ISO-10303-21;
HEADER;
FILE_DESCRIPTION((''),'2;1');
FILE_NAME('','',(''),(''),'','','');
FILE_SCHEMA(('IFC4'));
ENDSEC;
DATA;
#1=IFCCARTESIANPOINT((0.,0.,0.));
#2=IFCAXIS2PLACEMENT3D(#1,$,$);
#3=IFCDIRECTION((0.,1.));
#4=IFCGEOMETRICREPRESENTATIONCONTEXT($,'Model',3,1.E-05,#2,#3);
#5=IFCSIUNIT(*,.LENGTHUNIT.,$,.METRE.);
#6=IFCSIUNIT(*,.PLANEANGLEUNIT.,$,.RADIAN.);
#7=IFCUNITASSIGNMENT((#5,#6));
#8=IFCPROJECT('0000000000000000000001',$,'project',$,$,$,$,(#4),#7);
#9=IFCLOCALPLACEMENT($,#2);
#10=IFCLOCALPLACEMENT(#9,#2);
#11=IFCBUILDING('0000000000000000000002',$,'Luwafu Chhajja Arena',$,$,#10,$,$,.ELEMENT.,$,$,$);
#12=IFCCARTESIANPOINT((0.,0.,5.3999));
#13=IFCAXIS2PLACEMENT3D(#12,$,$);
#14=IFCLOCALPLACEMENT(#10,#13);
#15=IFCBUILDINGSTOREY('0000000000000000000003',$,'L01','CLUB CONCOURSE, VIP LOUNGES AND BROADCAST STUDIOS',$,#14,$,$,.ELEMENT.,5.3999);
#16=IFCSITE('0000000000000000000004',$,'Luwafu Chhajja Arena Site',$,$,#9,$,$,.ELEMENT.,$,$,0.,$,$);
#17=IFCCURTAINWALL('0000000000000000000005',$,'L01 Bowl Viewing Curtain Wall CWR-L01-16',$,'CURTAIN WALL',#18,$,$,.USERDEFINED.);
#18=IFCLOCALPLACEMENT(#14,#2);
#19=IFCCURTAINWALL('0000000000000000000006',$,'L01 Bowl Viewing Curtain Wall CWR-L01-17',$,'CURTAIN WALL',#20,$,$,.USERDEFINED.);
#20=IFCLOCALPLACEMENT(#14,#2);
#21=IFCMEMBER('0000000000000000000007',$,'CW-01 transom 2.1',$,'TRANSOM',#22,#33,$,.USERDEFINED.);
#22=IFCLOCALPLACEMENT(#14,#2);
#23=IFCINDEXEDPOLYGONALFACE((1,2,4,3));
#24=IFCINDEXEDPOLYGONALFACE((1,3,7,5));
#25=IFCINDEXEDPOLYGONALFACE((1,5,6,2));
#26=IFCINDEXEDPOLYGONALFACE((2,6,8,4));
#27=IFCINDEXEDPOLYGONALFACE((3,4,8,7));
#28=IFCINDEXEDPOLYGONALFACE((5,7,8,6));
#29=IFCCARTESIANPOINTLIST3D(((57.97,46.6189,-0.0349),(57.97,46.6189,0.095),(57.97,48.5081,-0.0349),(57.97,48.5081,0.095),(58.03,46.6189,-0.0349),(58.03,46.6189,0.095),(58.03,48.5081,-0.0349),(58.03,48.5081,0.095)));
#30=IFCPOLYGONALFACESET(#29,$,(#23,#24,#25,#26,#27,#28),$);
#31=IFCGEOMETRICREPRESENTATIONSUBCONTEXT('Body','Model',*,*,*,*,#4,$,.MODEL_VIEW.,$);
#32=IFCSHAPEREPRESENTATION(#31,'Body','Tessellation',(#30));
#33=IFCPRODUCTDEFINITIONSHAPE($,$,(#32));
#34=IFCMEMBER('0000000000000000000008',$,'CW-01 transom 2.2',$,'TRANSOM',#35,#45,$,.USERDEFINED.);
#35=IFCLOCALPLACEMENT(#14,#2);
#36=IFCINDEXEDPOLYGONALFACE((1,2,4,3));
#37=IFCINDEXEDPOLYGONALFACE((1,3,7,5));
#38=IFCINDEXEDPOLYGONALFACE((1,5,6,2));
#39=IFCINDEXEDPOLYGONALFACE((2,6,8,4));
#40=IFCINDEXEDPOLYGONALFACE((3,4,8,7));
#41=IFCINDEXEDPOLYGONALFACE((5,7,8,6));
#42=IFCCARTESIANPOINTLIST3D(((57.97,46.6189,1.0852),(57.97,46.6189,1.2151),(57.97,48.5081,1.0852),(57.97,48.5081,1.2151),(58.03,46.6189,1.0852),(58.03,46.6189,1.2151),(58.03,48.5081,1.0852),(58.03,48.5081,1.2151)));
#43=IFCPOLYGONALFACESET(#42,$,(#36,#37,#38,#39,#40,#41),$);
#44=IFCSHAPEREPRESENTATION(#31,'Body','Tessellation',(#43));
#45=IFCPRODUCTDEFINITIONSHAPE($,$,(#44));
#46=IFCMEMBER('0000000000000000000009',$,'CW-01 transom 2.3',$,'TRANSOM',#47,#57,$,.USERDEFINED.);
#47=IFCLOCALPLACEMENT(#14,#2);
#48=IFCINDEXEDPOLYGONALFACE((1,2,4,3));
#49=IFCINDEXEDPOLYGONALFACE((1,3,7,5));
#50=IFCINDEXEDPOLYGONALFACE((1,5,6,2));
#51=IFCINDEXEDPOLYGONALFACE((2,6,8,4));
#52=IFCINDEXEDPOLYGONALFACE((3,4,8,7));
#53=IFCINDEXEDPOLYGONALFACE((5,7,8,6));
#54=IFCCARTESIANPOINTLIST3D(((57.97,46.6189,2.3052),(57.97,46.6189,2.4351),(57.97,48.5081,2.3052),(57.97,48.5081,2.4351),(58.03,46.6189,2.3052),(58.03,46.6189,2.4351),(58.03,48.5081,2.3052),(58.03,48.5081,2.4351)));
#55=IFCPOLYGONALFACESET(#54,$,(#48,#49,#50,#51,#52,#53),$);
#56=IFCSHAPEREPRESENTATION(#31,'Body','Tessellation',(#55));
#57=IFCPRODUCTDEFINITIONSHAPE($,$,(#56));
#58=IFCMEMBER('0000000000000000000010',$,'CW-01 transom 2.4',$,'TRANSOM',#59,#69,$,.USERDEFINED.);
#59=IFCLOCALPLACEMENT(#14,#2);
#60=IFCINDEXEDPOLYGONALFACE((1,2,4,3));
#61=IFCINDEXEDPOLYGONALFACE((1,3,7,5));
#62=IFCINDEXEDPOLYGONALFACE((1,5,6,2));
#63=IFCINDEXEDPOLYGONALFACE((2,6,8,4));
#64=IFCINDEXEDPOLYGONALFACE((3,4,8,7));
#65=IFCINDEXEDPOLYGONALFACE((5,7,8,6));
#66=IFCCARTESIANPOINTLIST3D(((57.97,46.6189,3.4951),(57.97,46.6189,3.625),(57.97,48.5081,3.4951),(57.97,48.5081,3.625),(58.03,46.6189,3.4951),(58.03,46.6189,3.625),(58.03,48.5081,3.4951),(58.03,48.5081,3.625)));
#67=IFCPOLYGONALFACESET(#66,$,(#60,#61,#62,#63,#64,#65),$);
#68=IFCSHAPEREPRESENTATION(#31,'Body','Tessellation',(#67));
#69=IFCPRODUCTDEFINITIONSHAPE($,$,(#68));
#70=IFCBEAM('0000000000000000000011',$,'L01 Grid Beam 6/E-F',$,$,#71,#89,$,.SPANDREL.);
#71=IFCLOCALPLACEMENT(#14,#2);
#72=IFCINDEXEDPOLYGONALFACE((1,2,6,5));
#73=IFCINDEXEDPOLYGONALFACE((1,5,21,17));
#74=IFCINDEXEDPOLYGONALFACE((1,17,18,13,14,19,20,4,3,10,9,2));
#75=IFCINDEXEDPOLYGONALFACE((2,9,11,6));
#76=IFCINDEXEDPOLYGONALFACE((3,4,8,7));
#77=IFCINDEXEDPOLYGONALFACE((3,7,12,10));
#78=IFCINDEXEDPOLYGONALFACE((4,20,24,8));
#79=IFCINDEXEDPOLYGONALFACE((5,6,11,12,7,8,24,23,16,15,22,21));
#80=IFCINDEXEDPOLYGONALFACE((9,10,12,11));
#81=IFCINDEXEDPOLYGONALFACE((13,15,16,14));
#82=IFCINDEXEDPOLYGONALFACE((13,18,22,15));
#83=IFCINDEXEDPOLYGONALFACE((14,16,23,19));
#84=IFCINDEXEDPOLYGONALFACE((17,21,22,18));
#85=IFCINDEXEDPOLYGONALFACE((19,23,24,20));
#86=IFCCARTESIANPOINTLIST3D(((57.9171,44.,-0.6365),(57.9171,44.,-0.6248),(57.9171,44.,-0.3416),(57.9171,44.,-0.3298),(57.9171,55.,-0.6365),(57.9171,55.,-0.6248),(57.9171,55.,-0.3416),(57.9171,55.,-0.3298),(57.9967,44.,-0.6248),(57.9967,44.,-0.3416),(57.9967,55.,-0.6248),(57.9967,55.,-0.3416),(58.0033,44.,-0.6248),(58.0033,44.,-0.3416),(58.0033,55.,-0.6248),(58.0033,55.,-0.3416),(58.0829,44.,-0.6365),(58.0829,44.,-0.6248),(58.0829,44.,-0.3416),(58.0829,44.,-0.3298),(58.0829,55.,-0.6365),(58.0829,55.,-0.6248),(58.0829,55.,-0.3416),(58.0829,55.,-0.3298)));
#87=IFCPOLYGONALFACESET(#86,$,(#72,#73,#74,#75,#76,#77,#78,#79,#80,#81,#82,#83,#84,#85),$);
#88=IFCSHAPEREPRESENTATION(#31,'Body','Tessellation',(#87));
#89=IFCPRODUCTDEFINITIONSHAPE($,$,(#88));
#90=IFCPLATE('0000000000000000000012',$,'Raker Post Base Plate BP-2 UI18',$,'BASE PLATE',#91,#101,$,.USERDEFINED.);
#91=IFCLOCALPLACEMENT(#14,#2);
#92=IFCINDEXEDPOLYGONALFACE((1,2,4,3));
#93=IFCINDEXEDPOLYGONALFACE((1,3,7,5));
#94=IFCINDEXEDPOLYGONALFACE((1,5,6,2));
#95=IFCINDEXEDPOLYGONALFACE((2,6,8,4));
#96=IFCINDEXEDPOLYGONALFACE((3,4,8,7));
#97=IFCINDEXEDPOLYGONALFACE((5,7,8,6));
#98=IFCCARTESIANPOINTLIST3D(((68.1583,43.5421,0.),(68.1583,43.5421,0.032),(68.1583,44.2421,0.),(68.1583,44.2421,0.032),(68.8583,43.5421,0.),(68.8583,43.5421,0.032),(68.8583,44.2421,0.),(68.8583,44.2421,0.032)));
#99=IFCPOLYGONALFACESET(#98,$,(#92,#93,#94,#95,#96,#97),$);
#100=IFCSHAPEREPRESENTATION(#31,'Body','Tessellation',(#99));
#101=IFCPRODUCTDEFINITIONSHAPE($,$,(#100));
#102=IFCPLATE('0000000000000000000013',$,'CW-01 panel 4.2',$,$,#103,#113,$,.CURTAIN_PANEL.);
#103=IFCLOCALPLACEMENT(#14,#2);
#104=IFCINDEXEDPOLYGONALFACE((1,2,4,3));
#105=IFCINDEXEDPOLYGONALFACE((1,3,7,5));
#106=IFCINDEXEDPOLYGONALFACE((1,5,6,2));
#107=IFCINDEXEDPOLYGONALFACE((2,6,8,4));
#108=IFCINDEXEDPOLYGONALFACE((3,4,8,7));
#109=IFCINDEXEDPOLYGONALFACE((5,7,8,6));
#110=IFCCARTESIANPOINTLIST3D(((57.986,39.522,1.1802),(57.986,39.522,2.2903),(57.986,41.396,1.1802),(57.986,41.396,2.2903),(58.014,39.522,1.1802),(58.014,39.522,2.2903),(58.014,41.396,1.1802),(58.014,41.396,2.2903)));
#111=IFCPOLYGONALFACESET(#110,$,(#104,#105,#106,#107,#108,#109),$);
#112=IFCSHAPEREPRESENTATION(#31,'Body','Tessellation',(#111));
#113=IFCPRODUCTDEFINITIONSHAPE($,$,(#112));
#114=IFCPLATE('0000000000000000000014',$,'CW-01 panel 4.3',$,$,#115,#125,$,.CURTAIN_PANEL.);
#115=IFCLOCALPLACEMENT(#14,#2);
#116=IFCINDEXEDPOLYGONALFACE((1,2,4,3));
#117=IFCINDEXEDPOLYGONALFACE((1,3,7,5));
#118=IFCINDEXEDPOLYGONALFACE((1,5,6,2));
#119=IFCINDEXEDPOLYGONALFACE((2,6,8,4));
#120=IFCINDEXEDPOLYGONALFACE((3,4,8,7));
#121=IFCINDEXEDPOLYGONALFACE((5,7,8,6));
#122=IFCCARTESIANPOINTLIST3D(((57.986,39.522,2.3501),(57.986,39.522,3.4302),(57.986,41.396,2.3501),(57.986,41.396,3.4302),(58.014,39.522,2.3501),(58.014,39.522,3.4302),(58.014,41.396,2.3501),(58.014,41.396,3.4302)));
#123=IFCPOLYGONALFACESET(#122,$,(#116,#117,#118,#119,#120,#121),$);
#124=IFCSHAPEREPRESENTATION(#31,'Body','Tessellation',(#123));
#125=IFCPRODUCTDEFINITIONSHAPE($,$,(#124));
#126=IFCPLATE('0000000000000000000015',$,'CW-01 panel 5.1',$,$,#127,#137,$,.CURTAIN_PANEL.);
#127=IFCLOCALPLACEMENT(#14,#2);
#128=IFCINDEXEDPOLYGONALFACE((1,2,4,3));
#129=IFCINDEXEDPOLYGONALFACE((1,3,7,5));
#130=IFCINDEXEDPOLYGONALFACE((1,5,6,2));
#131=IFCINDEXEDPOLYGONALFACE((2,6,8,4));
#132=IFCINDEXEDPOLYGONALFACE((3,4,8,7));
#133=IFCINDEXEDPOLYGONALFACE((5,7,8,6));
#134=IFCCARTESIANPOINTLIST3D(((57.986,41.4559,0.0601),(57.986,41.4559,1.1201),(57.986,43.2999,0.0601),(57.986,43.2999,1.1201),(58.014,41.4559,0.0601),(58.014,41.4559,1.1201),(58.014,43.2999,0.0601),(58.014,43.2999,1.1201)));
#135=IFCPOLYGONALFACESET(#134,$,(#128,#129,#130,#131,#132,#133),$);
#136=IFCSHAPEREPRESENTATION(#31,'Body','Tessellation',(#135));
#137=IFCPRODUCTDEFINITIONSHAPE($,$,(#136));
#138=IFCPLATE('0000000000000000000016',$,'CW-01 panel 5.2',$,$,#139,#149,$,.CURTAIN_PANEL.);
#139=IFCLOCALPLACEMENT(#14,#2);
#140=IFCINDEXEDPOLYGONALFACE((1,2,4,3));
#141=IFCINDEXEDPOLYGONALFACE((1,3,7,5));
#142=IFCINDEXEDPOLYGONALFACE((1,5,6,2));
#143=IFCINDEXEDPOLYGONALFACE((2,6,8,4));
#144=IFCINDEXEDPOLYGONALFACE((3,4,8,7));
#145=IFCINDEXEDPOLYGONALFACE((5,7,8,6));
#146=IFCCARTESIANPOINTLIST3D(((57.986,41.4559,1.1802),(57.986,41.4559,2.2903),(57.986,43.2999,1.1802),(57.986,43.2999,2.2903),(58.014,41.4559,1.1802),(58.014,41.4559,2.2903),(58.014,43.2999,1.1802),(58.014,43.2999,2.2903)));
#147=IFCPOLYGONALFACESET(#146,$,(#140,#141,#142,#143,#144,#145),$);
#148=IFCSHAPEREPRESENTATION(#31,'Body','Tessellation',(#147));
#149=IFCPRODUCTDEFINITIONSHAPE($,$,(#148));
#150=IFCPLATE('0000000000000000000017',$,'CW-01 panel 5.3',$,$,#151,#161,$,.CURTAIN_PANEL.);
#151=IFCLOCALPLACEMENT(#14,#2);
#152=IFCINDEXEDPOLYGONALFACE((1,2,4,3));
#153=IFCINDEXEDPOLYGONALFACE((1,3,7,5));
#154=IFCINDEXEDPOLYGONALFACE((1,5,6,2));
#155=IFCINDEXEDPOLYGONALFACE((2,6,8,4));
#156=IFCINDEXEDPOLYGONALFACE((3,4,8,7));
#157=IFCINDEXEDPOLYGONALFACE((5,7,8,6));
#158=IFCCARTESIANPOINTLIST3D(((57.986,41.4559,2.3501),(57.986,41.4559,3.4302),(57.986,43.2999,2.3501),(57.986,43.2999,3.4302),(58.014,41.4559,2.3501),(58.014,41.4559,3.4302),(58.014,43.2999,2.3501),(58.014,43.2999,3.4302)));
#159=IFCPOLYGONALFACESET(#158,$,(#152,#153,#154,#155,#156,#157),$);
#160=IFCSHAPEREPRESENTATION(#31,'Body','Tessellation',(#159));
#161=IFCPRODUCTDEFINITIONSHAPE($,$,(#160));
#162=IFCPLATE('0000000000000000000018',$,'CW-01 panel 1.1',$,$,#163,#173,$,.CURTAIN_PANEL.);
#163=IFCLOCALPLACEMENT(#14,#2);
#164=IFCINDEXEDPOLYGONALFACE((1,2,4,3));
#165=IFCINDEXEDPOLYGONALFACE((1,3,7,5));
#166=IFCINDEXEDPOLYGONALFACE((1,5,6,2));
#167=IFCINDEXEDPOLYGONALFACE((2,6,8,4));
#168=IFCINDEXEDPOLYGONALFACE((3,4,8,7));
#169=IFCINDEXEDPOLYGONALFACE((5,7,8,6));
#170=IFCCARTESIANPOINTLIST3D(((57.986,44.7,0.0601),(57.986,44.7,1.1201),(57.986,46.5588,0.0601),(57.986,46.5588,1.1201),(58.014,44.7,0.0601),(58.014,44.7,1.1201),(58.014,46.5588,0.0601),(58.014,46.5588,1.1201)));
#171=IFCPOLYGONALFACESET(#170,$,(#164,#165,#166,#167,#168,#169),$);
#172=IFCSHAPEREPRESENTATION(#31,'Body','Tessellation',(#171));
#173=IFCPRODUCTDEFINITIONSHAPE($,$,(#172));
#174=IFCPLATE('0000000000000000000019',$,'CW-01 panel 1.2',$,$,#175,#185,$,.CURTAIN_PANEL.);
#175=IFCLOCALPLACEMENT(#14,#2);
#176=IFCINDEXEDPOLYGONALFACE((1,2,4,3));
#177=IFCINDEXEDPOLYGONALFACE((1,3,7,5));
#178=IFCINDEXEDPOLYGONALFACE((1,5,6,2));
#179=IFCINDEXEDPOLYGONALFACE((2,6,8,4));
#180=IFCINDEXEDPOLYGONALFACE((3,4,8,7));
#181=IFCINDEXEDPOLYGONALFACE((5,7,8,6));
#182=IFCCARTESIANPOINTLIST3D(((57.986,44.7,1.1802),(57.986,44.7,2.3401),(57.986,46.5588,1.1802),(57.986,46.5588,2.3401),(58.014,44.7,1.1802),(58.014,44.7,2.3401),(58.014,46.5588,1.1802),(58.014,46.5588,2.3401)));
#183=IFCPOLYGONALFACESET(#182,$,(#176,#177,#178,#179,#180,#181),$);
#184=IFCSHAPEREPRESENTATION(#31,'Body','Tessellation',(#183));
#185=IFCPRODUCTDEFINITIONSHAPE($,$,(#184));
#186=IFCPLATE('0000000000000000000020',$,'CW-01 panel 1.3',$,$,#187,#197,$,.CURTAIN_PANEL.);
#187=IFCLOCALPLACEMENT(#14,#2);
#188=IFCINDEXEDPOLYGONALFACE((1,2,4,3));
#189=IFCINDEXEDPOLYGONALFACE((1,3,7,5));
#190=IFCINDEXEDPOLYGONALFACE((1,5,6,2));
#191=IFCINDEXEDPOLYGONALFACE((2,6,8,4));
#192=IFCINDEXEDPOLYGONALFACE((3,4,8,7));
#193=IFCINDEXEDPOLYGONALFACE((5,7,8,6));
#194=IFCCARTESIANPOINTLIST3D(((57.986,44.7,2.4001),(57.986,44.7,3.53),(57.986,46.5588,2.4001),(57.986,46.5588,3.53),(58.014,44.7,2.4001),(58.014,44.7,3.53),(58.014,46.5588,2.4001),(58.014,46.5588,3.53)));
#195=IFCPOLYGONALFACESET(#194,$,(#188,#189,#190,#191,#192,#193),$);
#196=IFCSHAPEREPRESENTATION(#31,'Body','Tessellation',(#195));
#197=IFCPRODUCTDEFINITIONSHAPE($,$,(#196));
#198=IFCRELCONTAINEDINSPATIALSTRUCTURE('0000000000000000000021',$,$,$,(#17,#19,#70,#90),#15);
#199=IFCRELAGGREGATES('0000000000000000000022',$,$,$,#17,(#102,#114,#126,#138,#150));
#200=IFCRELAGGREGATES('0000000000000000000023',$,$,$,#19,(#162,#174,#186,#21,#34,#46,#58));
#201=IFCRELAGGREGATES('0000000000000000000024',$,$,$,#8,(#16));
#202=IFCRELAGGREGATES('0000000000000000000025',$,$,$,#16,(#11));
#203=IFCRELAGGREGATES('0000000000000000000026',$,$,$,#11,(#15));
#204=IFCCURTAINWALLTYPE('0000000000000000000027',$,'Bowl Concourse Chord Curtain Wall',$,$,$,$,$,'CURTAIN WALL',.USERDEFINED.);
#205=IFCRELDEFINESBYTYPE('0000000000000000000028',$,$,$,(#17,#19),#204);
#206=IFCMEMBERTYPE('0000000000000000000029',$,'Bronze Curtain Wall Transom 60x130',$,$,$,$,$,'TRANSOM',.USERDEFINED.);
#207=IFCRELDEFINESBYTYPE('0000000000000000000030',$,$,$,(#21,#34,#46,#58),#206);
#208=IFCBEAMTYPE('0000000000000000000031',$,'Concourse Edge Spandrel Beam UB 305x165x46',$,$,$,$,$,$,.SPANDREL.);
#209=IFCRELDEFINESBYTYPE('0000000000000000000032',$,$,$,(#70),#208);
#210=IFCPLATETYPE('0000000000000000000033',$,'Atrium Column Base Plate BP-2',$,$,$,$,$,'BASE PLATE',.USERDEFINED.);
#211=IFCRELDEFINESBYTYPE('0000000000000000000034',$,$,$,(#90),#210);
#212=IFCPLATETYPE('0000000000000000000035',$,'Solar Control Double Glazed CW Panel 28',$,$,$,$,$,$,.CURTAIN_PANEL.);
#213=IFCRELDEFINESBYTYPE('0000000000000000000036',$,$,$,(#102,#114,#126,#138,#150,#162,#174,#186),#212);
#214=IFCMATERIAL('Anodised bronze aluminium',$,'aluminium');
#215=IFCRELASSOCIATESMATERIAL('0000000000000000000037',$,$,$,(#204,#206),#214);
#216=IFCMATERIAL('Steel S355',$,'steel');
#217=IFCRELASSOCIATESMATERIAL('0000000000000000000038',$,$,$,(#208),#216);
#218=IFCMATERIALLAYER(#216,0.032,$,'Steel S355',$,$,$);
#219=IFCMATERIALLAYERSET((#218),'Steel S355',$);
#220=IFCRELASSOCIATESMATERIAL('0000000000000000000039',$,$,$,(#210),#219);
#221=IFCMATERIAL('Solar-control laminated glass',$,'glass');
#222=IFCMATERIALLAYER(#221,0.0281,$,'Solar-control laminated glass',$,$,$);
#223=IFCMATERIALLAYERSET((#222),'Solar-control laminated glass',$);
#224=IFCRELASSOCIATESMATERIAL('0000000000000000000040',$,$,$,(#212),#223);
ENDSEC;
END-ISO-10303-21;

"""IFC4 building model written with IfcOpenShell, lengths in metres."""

from ifc_helpers import new_model, si_unit, direction, frame, origin, origin_2d, place, context, subcontext, project, spatial, rectangle, i_section, extrude, material, layer, layer_set, material_profile, profile_set, type_object, element, aggregate, save


model = new_model("IFC4")

# Units and contexts
model_context = context("Model", 3, precision=1e-05, world=origin(), true_north=direction((0.0, 1.0)))
body_context = subcontext(model_context, "Body", "Model", "MODEL_VIEW")
ifc_project = project(units=[si_unit("LENGTHUNIT", "METRE"), si_unit("PLANEANGLEUNIT", "RADIAN")], contexts=[model_context])

# Site, building, storey
site_placement = place(None, origin())
site = spatial("IfcSite", under=ifc_project, at=site_placement, Name="Luwafu Chhajja Arena Site", CompositionType="ELEMENT", RefElevation=0.0)
building_placement = place(site_placement, origin())
building = spatial("IfcBuilding", under=site, at=building_placement, Name="Luwafu Chhajja Arena", CompositionType="ELEMENT")
storey_placement = place(building_placement, frame((0.0, 0.0, 5.3999)))
storey = spatial("IfcBuildingStorey", under=building, at=storey_placement, Name="L01", Description="CLUB CONCOURSE, VIP LOUNGES AND BROADCAST STUDIOS", CompositionType="ELEMENT", Elevation=5.3999)

# Shared definitions
ifc_material_1 = material(Name="Steel S355", Category="steel")

# Curtain walls
ifc_material_2 = material(Name="Anodised bronze aluminium", Category="aluminium")
curtain_wall_type = type_object("IfcCurtainWallType", Name="Bowl Concourse Chord Curtain Wall", ElementType="CURTAIN WALL", PredefinedType="USERDEFINED", material=ifc_material_2)
curtain_wall_1_placement = place(storey_placement, origin())
curtain_wall_1 = element("IfcCurtainWall", 1, at=curtain_wall_1_placement, inside=storey, type_object=curtain_wall_type, Name="L01 Bowl Viewing Curtain Wall CWR-L01-16", ObjectType="CURTAIN WALL", PredefinedType="USERDEFINED")
curtain_wall_2_placement = place(storey_placement, origin())
curtain_wall_2 = element("IfcCurtainWall", 2, at=curtain_wall_2_placement, inside=storey, type_object=curtain_wall_type, Name="L01 Bowl Viewing Curtain Wall CWR-L01-17", ObjectType="CURTAIN WALL", PredefinedType="USERDEFINED")

# Members
ifc_material_profile_1 = material_profile(ifc_material_2, rectangle(XDim=0.0601, YDim=0.1299, at=origin_2d()), Name="CWT 60x130")
ifc_profile_set_1 = profile_set([ifc_material_profile_1], Name="Anodised bronze aluminium")
member_type_1 = type_object("IfcMemberType", Name="Bronze Curtain Wall Transom 60x130", ElementType="TRANSOM", PredefinedType="USERDEFINED", material=ifc_profile_set_1)
member_1_placement = place(storey_placement, frame((58.0, 46.6189, 0.03), z_axis=(0.0, 1.0, 0.0), x_axis=(-1.0, 0.0, 0.0)))
member_1 = element("IfcMember", 3, at=member_1_placement, type_object=member_type_1, Name="CW-01 transom 2.1", ObjectType="TRANSOM", PredefinedType="USERDEFINED", context=body_context, shape_type="SweptSolid", body=[
    extrude(rectangle(XDim=0.0601, YDim=0.1299, at=origin_2d()), origin(), (0.0, 0.0, 1.0), 1.8892),
])
member_2_placement = place(storey_placement, frame((58.0, 46.6189, 1.1501), z_axis=(0.0, 1.0, 0.0), x_axis=(-1.0, 0.0, 0.0)))
member_2 = element("IfcMember", 4, at=member_2_placement, type_object=member_type_1, Name="CW-01 transom 2.2", ObjectType="TRANSOM", PredefinedType="USERDEFINED", context=body_context, shape_type="SweptSolid", body=[
    extrude(rectangle(XDim=0.0601, YDim=0.1299, at=origin_2d()), origin(), (0.0, 0.0, 1.0), 1.8892),
])
member_3_placement = place(storey_placement, frame((58.0, 46.6189, 2.3701), z_axis=(0.0, 1.0, 0.0), x_axis=(-1.0, 0.0, 0.0)))
member_3 = element("IfcMember", 5, at=member_3_placement, type_object=member_type_1, Name="CW-01 transom 2.3", ObjectType="TRANSOM", PredefinedType="USERDEFINED", context=body_context, shape_type="SweptSolid", body=[
    extrude(rectangle(XDim=0.0601, YDim=0.1299, at=origin_2d()), origin(), (0.0, 0.0, 1.0), 1.8892),
])
member_4_placement = place(storey_placement, frame((58.0, 46.6189, 3.5601), z_axis=(0.0, 1.0, 0.0), x_axis=(-1.0, 0.0, 0.0)))
member_4 = element("IfcMember", 6, at=member_4_placement, type_object=member_type_1, Name="CW-01 transom 2.4", ObjectType="TRANSOM", PredefinedType="USERDEFINED", context=body_context, shape_type="SweptSolid", body=[
    extrude(rectangle(XDim=0.0601, YDim=0.1299, at=origin_2d()), origin(), (0.0, 0.0, 1.0), 1.8892),
])

# Beam
ifc_material_profile_2 = material_profile(ifc_material_1, i_section(OverallWidth=0.1658, OverallDepth=0.3066, WebThickness=0.0066, FlangeThickness=0.0117, at=origin_2d()), Name="UB 305x165x46")
ifc_profile_set_2 = profile_set([ifc_material_profile_2], Name="Steel S355")
beam_type = type_object("IfcBeamType", Name="Concourse Edge Spandrel Beam UB 305x165x46", PredefinedType="SPANDREL", material=ifc_profile_set_2)
beam_placement = place(storey_placement, frame((58.0, 44.0, -0.4832), z_axis=(0.0, 1.0, 0.0), x_axis=(-1.0, 0.0, 0.0)))
element("IfcBeam", 7, at=beam_placement, inside=storey, type_object=beam_type, Name="L01 Grid Beam 6/E-F", PredefinedType="SPANDREL", context=body_context, shape_type="SweptSolid", body=[
    extrude(i_section(OverallWidth=0.1658, OverallDepth=0.3066, WebThickness=0.0066, FlangeThickness=0.0117, at=origin_2d()), origin(), (0.0, 0.0, 1.0), 11.0),
])

# Plates
ifc_layer_1 = layer(ifc_material_1, 0.032, Name="Steel S355")
ifc_layer_set_1 = layer_set([ifc_layer_1], Name="Steel S355")
plate_type_1 = type_object("IfcPlateType", Name="Atrium Column Base Plate BP-2", ElementType="BASE PLATE", PredefinedType="USERDEFINED", material=ifc_layer_set_1)
plate_1_placement = place(storey_placement, frame((68.5083, 43.8921, 0.0), z_axis=(0.0, 0.0, 1.0), x_axis=(1.0, 0.0, 0.0)))
element("IfcPlate", 8, at=plate_1_placement, inside=storey, type_object=plate_type_1, Name="Raker Post Base Plate BP-2 UI18", ObjectType="BASE PLATE", PredefinedType="USERDEFINED", context=body_context, shape_type="SweptSolid", body=[
    extrude(rectangle(XDim=0.7, YDim=0.7, at=origin_2d()), origin(), (0.0, 0.0, 1.0), 0.032),
])
ifc_material_3 = material(Name="Solar-control laminated glass", Category="glass")
ifc_layer_2 = layer(ifc_material_3, 0.0281, Name="Solar-control laminated glass")
ifc_layer_set_2 = layer_set([ifc_layer_2], Name="Solar-control laminated glass")
plate_type_2 = type_object("IfcPlateType", Name="Solar Control Double Glazed CW Panel 28", PredefinedType="CURTAIN_PANEL", material=ifc_layer_set_2)
plate_2_placement = place(storey_placement, frame((58.0, 40.459, 1.1802), z_axis=(0.0, 0.0, 1.0), x_axis=(0.0, 1.0, 0.0)))
plate_2 = element("IfcPlate", 9, at=plate_2_placement, type_object=plate_type_2, Name="CW-01 panel 4.2", PredefinedType="CURTAIN_PANEL", context=body_context, shape_type="SweptSolid", body=[
    extrude(rectangle(XDim=1.874, YDim=0.0281, at=origin_2d()), origin(), (0.0, 0.0, 1.0), 1.1101),
])
plate_3_placement = place(storey_placement, frame((58.0, 40.459, 2.3501), z_axis=(0.0, 0.0, 1.0), x_axis=(0.0, 1.0, 0.0)))
plate_3 = element("IfcPlate", 10, at=plate_3_placement, type_object=plate_type_2, Name="CW-01 panel 4.3", PredefinedType="CURTAIN_PANEL", context=body_context, shape_type="SweptSolid", body=[
    extrude(rectangle(XDim=1.874, YDim=0.0281, at=origin_2d()), origin(), (0.0, 0.0, 1.0), 1.0801),
])
plate_4_placement = place(storey_placement, frame((58.0, 42.3779, 0.0601), z_axis=(0.0, 0.0, 1.0), x_axis=(0.0, 1.0, 0.0)))
plate_4 = element("IfcPlate", 11, at=plate_4_placement, type_object=plate_type_2, Name="CW-01 panel 5.1", PredefinedType="CURTAIN_PANEL", context=body_context, shape_type="SweptSolid", body=[
    extrude(rectangle(XDim=1.844, YDim=0.0281, at=origin_2d()), origin(), (0.0, 0.0, 1.0), 1.0601),
])
plate_5_placement = place(storey_placement, frame((58.0, 42.3779, 1.1802), z_axis=(0.0, 0.0, 1.0), x_axis=(0.0, 1.0, 0.0)))
plate_5 = element("IfcPlate", 12, at=plate_5_placement, type_object=plate_type_2, Name="CW-01 panel 5.2", PredefinedType="CURTAIN_PANEL", context=body_context, shape_type="SweptSolid", body=[
    extrude(rectangle(XDim=1.844, YDim=0.0281, at=origin_2d()), origin(), (0.0, 0.0, 1.0), 1.1101),
])
plate_6_placement = place(storey_placement, frame((58.0, 42.3779, 2.3501), z_axis=(0.0, 0.0, 1.0), x_axis=(0.0, 1.0, 0.0)))
plate_6 = element("IfcPlate", 13, at=plate_6_placement, type_object=plate_type_2, Name="CW-01 panel 5.3", PredefinedType="CURTAIN_PANEL", context=body_context, shape_type="SweptSolid", body=[
    extrude(rectangle(XDim=1.844, YDim=0.0281, at=origin_2d()), origin(), (0.0, 0.0, 1.0), 1.0801),
])
aggregate(curtain_wall_1, [plate_2, plate_3, plate_4, plate_5, plate_6])
plate_7_placement = place(storey_placement, frame((58.0, 45.6294, 0.0601), z_axis=(0.0, 0.0, 1.0), x_axis=(0.0, 1.0, 0.0)))
plate_7 = element("IfcPlate", 14, at=plate_7_placement, type_object=plate_type_2, Name="CW-01 panel 1.1", PredefinedType="CURTAIN_PANEL", context=body_context, shape_type="SweptSolid", body=[
    extrude(rectangle(XDim=1.8589, YDim=0.0281, at=origin_2d()), origin(), (0.0, 0.0, 1.0), 1.0601),
])
plate_8_placement = place(storey_placement, frame((58.0, 45.6294, 1.1802), z_axis=(0.0, 0.0, 1.0), x_axis=(0.0, 1.0, 0.0)))
plate_8 = element("IfcPlate", 15, at=plate_8_placement, type_object=plate_type_2, Name="CW-01 panel 1.2", PredefinedType="CURTAIN_PANEL", context=body_context, shape_type="SweptSolid", body=[
    extrude(rectangle(XDim=1.8589, YDim=0.0281, at=origin_2d()), origin(), (0.0, 0.0, 1.0), 1.1599),
])
plate_9_placement = place(storey_placement, frame((58.0, 45.6294, 2.4001), z_axis=(0.0, 0.0, 1.0), x_axis=(0.0, 1.0, 0.0)))
plate_9 = element("IfcPlate", 16, at=plate_9_placement, type_object=plate_type_2, Name="CW-01 panel 1.3", PredefinedType="CURTAIN_PANEL", context=body_context, shape_type="SweptSolid", body=[
    extrude(rectangle(XDim=1.8589, YDim=0.0281, at=origin_2d()), origin(), (0.0, 0.0, 1.0), 1.1299),
])
aggregate(curtain_wall_2, [plate_7, plate_8, plate_9, member_1, member_2, member_3, member_4])

save(model, "model.ifc")
